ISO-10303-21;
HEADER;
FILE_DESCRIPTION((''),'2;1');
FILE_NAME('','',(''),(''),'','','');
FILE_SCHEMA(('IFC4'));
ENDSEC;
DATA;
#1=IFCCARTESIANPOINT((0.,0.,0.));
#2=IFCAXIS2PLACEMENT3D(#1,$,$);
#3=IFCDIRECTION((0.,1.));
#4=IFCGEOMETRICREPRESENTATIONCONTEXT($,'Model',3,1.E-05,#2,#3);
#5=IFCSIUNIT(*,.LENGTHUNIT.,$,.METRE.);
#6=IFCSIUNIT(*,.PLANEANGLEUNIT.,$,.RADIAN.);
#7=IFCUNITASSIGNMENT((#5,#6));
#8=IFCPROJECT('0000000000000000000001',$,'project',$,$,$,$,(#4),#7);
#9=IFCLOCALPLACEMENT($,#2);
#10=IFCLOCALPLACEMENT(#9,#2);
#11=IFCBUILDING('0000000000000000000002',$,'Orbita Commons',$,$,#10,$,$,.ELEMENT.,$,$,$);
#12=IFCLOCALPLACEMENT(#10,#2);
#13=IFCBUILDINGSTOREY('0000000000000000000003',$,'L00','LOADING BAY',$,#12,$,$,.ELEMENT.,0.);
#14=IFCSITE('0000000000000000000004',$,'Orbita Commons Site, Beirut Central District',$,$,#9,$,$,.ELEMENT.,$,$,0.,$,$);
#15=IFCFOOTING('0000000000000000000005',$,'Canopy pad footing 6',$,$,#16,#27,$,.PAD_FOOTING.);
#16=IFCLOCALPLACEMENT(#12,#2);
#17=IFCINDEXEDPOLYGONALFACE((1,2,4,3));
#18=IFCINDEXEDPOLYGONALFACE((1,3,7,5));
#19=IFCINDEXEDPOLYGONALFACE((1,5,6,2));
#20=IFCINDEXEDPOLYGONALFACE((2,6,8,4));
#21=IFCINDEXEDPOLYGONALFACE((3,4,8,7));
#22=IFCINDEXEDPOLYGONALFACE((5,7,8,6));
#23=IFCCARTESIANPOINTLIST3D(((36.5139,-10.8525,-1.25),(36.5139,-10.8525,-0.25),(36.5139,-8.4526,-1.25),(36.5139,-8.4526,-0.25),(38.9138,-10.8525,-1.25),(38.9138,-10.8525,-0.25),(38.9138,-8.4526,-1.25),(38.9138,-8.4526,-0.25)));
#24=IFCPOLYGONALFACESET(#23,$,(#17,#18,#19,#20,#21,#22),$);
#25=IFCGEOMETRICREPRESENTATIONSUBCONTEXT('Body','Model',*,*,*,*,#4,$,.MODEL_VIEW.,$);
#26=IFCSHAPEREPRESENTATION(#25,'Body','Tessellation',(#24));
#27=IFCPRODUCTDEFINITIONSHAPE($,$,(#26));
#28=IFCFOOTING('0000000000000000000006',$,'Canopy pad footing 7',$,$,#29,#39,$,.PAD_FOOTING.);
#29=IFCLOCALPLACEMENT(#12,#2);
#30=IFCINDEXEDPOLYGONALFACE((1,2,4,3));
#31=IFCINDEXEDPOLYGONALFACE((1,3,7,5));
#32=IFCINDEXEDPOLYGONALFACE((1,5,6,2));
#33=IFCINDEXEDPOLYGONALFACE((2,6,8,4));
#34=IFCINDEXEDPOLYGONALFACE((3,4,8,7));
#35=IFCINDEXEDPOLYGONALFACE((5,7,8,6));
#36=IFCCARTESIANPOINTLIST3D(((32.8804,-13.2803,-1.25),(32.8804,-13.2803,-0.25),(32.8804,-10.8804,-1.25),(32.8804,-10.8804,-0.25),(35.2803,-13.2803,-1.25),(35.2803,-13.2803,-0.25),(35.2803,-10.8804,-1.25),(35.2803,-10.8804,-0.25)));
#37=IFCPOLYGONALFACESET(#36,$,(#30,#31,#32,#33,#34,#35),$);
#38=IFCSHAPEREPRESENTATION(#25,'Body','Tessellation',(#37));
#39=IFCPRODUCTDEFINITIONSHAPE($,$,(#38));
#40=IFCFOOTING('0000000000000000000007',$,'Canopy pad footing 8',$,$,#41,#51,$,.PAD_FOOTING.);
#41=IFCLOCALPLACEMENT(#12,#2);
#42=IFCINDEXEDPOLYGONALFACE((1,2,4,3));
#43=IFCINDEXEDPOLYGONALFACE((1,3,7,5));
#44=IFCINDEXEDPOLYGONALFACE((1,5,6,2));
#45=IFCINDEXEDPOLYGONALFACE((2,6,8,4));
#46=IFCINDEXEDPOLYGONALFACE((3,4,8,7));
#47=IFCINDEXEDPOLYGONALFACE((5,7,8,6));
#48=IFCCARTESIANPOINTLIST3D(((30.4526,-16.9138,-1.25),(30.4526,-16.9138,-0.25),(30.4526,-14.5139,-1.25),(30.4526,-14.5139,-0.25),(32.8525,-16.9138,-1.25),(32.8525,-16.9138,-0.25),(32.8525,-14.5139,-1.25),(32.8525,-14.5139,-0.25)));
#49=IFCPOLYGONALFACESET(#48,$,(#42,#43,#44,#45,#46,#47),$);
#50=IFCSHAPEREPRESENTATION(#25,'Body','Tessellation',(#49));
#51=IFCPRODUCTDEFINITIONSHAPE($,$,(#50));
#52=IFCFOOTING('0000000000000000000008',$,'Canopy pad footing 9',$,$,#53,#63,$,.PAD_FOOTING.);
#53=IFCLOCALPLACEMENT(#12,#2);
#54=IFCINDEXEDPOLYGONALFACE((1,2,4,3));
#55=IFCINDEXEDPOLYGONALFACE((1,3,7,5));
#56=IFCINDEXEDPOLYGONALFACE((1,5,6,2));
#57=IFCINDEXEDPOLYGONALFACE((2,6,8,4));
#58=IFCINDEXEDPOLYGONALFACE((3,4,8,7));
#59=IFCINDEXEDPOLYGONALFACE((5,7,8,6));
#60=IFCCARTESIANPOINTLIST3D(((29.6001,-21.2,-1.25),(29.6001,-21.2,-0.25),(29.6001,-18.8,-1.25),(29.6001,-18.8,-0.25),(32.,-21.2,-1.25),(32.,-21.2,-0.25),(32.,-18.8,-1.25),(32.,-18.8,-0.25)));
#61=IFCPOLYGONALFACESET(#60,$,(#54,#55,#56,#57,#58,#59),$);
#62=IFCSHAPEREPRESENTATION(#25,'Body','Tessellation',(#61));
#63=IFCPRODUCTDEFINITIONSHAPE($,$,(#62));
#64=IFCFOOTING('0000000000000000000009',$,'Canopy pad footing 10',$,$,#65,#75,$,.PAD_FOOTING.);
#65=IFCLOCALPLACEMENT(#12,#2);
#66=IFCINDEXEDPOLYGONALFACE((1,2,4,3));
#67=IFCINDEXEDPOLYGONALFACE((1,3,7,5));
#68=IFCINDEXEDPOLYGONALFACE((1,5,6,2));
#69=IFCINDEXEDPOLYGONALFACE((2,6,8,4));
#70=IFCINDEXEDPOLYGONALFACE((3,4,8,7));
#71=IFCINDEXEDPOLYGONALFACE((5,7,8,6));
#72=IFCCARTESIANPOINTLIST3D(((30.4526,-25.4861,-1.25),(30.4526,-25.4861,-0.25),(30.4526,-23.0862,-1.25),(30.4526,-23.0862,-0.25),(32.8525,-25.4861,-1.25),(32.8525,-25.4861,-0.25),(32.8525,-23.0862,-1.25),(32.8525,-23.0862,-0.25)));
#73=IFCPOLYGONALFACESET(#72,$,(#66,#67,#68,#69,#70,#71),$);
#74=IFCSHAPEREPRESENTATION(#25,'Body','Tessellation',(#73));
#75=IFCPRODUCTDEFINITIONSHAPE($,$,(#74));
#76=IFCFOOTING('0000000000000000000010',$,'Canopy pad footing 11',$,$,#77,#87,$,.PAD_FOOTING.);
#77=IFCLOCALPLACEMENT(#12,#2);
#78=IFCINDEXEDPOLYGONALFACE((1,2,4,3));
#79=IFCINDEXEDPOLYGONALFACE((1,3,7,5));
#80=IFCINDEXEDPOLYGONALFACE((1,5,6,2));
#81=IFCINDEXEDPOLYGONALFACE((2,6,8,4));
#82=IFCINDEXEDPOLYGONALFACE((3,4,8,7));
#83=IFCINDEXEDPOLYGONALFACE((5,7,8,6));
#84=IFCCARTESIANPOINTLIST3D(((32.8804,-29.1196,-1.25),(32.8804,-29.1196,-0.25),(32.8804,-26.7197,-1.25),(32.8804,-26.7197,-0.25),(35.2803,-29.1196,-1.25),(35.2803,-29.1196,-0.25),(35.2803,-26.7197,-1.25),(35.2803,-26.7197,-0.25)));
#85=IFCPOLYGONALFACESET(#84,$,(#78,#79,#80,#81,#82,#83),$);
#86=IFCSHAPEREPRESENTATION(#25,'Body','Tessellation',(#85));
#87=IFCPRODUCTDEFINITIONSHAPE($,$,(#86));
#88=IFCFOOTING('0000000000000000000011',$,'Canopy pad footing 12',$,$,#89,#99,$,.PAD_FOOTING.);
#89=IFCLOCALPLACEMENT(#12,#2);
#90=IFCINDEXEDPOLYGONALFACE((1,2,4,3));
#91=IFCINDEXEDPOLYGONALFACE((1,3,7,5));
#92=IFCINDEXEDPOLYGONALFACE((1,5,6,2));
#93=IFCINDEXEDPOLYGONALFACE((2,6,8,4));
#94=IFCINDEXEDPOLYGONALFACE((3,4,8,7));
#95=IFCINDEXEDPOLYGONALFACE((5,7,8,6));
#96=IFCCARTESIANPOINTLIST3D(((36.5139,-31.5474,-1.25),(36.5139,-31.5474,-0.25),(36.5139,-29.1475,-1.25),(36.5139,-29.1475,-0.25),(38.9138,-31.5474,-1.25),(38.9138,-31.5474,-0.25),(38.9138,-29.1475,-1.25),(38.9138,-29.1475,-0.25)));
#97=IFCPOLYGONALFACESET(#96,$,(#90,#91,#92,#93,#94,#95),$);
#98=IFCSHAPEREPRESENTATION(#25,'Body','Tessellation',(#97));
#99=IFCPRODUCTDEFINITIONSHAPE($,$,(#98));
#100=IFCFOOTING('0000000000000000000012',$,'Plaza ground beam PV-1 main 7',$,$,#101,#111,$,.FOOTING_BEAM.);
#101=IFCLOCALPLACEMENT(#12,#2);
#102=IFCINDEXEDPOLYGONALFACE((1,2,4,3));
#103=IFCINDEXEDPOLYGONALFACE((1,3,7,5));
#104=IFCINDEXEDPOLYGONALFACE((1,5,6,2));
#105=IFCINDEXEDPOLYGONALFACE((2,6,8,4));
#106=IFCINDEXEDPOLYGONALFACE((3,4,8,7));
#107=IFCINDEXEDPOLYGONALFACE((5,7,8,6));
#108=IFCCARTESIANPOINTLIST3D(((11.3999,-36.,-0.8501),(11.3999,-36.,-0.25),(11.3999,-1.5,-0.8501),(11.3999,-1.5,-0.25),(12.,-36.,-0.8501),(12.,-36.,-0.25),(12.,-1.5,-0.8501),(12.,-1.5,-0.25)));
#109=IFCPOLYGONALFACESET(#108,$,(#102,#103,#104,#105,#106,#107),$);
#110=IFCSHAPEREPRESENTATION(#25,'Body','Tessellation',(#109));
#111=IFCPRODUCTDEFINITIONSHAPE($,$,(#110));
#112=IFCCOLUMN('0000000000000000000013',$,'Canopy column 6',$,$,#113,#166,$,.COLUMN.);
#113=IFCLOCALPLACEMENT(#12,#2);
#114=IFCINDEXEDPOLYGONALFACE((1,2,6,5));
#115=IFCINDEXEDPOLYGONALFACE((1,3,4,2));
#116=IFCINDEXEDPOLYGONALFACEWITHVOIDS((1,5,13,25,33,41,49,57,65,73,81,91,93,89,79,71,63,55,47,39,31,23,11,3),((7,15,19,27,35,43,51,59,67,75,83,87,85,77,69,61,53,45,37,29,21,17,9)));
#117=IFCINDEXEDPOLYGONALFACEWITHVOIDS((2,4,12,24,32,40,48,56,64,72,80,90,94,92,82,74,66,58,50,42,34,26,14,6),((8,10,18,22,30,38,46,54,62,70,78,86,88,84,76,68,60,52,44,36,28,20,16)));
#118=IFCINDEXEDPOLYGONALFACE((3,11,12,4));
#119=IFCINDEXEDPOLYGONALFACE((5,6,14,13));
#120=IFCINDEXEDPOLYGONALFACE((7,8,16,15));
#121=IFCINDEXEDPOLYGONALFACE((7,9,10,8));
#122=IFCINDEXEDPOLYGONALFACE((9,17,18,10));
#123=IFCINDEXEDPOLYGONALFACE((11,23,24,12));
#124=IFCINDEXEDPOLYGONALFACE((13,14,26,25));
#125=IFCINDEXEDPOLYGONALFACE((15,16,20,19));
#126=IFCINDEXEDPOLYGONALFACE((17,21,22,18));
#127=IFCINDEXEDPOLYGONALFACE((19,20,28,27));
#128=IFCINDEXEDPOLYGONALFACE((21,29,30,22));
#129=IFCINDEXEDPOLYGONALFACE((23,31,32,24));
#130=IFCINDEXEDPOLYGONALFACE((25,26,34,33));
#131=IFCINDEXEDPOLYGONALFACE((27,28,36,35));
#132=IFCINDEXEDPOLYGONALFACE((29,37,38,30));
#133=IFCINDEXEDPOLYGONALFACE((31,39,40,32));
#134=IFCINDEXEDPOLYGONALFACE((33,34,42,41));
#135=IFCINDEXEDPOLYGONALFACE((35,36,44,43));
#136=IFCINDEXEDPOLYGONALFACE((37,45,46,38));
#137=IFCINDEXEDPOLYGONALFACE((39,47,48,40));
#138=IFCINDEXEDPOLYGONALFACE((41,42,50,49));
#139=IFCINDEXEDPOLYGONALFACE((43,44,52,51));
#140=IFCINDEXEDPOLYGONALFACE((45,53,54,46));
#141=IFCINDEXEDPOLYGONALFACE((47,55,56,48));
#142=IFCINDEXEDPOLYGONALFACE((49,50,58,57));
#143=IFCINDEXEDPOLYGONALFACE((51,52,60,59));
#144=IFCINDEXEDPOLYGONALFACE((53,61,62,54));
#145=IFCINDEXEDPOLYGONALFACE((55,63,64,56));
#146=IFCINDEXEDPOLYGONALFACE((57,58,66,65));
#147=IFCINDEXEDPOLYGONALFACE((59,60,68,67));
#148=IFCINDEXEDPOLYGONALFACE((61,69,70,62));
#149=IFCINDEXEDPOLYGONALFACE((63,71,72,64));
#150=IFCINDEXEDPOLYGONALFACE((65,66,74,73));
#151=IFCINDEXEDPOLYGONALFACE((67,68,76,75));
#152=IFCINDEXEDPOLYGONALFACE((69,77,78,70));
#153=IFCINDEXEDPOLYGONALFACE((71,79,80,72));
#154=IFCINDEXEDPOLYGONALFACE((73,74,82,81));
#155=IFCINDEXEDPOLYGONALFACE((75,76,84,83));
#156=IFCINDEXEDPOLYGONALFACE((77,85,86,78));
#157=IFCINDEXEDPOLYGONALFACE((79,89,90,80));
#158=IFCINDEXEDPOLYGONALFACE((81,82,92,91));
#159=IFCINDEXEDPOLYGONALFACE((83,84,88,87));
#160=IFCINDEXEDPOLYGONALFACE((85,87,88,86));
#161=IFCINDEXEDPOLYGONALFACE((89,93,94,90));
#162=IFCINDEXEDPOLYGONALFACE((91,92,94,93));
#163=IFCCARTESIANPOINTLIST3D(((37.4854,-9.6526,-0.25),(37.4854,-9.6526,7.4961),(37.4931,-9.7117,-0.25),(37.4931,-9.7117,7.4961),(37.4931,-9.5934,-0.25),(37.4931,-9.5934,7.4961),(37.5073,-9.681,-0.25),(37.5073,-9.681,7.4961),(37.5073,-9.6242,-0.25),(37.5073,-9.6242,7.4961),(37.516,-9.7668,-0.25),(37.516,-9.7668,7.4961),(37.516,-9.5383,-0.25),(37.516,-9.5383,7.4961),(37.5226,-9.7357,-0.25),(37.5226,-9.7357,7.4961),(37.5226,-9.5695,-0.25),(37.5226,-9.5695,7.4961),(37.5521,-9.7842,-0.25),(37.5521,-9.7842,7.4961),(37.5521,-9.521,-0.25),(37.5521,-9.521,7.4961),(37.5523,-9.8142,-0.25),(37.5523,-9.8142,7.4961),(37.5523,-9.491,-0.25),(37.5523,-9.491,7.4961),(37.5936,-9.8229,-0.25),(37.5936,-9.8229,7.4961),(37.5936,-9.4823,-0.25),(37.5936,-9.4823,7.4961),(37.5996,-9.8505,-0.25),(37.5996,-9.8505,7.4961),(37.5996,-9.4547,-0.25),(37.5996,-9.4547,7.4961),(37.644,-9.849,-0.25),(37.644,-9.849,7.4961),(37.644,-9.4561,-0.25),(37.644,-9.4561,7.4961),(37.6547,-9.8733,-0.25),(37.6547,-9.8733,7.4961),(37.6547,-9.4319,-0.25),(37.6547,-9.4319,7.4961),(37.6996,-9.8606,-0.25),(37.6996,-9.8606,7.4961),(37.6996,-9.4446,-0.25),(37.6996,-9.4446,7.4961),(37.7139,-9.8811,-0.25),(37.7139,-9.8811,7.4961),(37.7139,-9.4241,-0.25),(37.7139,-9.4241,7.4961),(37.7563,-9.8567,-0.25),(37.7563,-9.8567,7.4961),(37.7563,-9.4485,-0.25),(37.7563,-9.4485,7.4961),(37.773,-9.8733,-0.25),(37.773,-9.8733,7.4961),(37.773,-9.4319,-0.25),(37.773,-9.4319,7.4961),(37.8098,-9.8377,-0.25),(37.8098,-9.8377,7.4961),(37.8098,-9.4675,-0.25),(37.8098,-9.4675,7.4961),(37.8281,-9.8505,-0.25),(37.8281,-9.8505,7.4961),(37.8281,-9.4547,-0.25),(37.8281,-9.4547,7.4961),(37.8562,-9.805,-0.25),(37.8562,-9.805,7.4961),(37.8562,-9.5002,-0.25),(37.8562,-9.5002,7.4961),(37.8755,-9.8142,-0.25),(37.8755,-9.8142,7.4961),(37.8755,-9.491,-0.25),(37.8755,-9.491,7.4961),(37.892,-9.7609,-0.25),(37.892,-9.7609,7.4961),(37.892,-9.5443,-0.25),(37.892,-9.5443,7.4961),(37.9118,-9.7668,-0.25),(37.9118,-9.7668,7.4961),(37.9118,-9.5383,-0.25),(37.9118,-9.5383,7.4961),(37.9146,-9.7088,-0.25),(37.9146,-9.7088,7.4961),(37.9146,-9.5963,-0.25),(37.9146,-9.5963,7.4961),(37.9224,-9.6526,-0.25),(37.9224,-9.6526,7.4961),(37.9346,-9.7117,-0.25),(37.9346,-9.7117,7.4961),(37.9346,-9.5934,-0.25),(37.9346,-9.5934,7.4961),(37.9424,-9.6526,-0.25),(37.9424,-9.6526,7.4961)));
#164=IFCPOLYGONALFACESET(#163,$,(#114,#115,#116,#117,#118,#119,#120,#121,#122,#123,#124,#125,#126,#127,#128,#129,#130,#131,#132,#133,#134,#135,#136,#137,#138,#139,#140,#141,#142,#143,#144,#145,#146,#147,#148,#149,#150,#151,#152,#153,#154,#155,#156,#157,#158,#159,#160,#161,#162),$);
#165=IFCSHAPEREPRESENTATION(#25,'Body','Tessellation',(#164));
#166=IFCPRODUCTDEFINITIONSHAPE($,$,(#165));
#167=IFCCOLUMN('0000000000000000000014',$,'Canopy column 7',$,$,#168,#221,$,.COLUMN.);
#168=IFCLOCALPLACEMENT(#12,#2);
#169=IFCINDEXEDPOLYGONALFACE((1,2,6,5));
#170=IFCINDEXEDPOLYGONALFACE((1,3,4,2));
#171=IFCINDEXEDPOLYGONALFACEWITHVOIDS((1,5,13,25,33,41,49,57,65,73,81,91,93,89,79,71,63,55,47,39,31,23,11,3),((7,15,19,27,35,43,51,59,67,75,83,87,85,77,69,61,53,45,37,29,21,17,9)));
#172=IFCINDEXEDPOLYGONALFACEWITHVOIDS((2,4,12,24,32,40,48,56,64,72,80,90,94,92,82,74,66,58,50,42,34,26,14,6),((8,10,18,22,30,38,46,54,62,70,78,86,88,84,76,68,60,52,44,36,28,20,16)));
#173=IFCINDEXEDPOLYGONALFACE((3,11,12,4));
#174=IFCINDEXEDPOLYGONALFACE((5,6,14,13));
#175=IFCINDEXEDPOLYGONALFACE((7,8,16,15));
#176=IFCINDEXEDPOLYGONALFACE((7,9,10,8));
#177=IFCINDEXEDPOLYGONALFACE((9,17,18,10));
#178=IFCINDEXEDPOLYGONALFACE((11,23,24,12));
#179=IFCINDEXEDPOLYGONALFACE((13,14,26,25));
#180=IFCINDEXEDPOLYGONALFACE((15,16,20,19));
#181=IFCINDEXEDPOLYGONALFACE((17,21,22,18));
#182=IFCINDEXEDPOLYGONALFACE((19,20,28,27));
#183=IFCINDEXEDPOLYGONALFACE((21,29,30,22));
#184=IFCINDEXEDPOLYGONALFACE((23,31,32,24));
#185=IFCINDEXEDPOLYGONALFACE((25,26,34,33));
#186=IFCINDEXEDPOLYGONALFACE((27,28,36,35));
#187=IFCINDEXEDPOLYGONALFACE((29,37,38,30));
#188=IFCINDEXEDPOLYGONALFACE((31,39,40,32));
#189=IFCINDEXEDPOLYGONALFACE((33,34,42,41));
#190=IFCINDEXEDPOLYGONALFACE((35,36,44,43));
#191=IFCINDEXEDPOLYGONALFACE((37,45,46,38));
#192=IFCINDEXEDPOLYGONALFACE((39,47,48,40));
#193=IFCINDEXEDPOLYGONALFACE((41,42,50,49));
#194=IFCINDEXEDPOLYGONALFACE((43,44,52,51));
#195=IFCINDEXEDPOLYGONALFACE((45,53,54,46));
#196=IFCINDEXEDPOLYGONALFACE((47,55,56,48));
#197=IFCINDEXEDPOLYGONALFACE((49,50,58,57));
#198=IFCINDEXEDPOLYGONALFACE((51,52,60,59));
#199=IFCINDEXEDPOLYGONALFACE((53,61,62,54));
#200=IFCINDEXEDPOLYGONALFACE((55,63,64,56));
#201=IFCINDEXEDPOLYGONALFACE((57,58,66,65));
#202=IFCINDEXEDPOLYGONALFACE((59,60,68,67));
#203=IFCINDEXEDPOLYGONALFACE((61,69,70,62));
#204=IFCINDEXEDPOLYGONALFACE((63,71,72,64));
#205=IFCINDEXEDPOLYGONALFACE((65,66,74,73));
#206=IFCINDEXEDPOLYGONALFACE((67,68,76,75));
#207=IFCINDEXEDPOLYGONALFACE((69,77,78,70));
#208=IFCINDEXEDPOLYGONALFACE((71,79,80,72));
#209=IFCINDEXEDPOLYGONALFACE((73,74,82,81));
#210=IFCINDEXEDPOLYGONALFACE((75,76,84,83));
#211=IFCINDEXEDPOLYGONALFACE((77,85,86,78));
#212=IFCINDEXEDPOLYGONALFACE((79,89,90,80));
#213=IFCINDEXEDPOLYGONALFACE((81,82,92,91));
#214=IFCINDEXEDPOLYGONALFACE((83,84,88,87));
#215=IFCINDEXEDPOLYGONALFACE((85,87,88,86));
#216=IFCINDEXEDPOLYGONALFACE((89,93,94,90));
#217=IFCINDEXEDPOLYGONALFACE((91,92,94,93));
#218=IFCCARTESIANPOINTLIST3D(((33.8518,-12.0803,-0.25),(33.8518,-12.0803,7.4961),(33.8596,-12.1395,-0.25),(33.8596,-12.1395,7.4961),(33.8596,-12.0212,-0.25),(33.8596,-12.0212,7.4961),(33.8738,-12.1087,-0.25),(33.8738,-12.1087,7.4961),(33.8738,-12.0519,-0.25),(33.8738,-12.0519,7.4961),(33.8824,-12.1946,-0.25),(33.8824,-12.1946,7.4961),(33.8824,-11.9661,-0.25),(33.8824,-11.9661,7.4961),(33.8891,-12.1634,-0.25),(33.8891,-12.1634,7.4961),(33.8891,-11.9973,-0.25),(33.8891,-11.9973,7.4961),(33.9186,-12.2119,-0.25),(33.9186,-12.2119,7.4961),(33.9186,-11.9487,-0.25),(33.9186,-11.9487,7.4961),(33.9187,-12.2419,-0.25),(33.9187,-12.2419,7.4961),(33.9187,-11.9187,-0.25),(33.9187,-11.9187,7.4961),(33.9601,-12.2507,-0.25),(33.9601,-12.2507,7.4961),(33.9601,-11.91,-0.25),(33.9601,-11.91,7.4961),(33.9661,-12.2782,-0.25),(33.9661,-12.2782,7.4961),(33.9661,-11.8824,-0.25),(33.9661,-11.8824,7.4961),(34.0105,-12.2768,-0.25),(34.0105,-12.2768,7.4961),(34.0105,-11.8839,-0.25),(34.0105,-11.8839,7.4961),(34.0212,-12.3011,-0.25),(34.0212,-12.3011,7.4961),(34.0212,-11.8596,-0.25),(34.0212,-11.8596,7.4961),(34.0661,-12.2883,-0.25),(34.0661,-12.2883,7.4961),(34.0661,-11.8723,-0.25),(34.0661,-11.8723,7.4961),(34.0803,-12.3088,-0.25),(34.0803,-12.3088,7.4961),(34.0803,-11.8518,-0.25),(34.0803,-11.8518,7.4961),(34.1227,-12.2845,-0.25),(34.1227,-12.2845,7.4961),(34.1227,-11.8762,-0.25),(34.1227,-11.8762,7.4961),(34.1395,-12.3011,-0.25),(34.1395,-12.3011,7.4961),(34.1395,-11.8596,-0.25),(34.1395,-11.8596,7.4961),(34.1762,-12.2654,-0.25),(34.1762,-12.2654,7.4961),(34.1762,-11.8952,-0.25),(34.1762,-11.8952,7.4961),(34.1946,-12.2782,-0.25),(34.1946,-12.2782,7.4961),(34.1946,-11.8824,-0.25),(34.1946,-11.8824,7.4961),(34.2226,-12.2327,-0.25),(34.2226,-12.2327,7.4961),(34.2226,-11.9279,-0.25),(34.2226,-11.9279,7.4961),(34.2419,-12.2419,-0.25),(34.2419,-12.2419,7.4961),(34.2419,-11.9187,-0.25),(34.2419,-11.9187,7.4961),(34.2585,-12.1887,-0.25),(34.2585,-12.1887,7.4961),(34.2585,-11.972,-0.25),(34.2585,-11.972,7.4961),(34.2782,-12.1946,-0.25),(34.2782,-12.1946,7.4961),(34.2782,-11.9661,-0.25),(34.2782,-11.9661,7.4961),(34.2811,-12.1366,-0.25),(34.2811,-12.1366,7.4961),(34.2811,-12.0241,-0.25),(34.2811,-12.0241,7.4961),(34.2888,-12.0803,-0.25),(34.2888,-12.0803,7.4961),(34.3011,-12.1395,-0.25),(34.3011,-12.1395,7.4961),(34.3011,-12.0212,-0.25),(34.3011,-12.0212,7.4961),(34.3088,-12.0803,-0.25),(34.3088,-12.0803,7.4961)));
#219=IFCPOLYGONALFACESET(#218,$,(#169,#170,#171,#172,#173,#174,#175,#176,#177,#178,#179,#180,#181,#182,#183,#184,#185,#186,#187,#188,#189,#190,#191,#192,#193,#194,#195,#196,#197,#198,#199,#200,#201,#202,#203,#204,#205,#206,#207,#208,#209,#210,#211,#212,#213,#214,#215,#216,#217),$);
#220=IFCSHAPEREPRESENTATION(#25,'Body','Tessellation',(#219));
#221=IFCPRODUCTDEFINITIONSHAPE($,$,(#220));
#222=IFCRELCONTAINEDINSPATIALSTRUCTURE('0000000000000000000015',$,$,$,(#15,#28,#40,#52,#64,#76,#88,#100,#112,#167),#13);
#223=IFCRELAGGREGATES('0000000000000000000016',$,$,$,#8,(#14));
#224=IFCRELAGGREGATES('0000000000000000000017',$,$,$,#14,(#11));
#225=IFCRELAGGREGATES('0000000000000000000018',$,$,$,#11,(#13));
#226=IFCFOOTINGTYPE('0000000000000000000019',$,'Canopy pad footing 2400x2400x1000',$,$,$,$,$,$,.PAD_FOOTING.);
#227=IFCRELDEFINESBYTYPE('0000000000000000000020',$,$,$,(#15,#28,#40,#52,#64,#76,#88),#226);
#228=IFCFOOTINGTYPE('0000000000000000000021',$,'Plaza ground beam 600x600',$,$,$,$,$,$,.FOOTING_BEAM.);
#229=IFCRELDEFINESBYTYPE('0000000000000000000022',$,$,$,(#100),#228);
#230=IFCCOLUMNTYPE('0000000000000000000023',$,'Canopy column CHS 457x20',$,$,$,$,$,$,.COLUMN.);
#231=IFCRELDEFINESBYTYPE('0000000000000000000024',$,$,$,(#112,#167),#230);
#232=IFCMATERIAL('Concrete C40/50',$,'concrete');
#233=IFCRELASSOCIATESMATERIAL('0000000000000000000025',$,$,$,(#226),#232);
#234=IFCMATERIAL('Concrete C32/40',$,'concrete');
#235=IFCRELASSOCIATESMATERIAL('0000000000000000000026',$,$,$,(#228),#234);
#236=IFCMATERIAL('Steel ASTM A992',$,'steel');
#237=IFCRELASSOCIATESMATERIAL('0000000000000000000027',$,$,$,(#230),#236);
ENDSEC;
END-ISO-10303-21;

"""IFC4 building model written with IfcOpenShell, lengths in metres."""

from ifc_helpers import new_model, si_unit, direction, frame, origin, origin_2d, place, context, subcontext, project, spatial, rectangle, hollow_circle, extrude, material, material_profile, profile_set, type_object, element, save


model = new_model("IFC4")

# Units and contexts
model_context = context("Model", 3, precision=1e-05, world=origin(), true_north=direction((0.0, 1.0)))
body_context = subcontext(model_context, "Body", "Model", "MODEL_VIEW")
ifc_project = project(units=[si_unit("LENGTHUNIT", "METRE"), si_unit("PLANEANGLEUNIT", "RADIAN")], contexts=[model_context])

# Site, building, storey
site_placement = place(None, origin())
site = spatial("IfcSite", under=ifc_project, at=site_placement, Name="Orbita Commons Site, Beirut Central District", CompositionType="ELEMENT", RefElevation=0.0)
building_placement = place(site_placement, origin())
building = spatial("IfcBuilding", under=site, at=building_placement, Name="Orbita Commons", CompositionType="ELEMENT")
storey_placement = place(building_placement, origin())
storey = spatial("IfcBuildingStorey", under=building, at=storey_placement, Name="L00", Description="LOADING BAY", CompositionType="ELEMENT", Elevation=0.0)

# Footings
ifc_material_1 = material(Name="Concrete C40/50", Category="concrete")
footing_type_1 = type_object("IfcFootingType", Name="Canopy pad footing 2400x2400x1000", PredefinedType="PAD_FOOTING", material=ifc_material_1)
for number, where, z_axis, x_axis, name in (
    (1, (37.7139, -9.6526, -1.25), (0.0, 0.0, 1.0), (1.0, 0.0, 0.0), "Canopy pad footing 6"),
    (2, (34.0803, -12.0803, -1.25), (0.0, 0.0, 1.0), (1.0, 0.0, 0.0), "Canopy pad footing 7"),
    (3, (31.6526, -15.7139, -1.25), (0.0, 0.0, 1.0), (1.0, 0.0, 0.0), "Canopy pad footing 8"),
    (4, (30.8, -20.0, -1.25), (0.0, 0.0, 1.0), (1.0, 0.0, 0.0), "Canopy pad footing 9"),
    (5, (31.6526, -24.2861, -1.25), (0.0, 0.0, 1.0), (1.0, 0.0, 0.0), "Canopy pad footing 10"),
    (6, (34.0803, -27.9197, -1.25), (0.0, 0.0, 1.0), (1.0, 0.0, 0.0), "Canopy pad footing 11"),
    (7, (37.7139, -30.3474, -1.25), (0.0, 0.0, 1.0), (1.0, 0.0, 0.0), "Canopy pad footing 12"),
):
    element("IfcFooting", number, at=place(storey_placement, frame(where, z_axis=z_axis, x_axis=x_axis)), inside=storey, type_object=footing_type_1, Name=name, PredefinedType="PAD_FOOTING", context=body_context, shape_type="SweptSolid", body=[
        extrude(rectangle(XDim=2.3999, YDim=2.3999, at=origin_2d()), origin(), (0.0, 0.0, 1.0), 1.0),
    ])
ifc_material_2 = material(Name="Concrete C32/40", Category="concrete")
footing_type_2 = type_object("IfcFootingType", Name="Plaza ground beam 600x600", PredefinedType="FOOTING_BEAM", material=ifc_material_2)
footing_placement = place(storey_placement, frame((11.7, -18.75, -0.8501), z_axis=(0.0, 0.0, 1.0), x_axis=(1.0, 0.0, 0.0)))
element("IfcFooting", 8, at=footing_placement, inside=storey, type_object=footing_type_2, Name="Plaza ground beam PV-1 main 7", PredefinedType="FOOTING_BEAM", context=body_context, shape_type="SweptSolid", body=[
    extrude(rectangle(XDim=0.6001, YDim=34.5, at=origin_2d()), origin(), (0.0, 0.0, 1.0), 0.6001),
])

# Columns
ifc_material_3 = material(Name="Steel ASTM A992", Category="steel")
ifc_material_profile_1 = material_profile(ifc_material_3, hollow_circle(Radius=0.2285, WallThickness=0.02, at=origin_2d()), Name="CHS 457x20")
ifc_profile_set_1 = profile_set([ifc_material_profile_1], Name="Steel ASTM A992")
column_type = type_object("IfcColumnType", Name="Canopy column CHS 457x20", PredefinedType="COLUMN", material=ifc_profile_set_1)
for number, where, z_axis, x_axis, name in (
    (9, (37.7139, -9.6526, -0.25), (0.0, 0.0, 1.0), (1.0, 0.0, 0.0), "Canopy column 6"),
    (10, (34.0803, -12.0803, -0.25), (0.0, 0.0, 1.0), (1.0, 0.0, 0.0), "Canopy column 7"),
):
    element("IfcColumn", number, at=place(storey_placement, frame(where, z_axis=z_axis, x_axis=x_axis)), inside=storey, type_object=column_type, Name=name, PredefinedType="COLUMN", context=body_context, shape_type="SweptSolid", body=[
        extrude(hollow_circle(Radius=0.2285, WallThickness=0.02, at=origin_2d()), origin(), (0.0, 0.0, 1.0), 7.7461),
    ])

save(model, "model.ifc")
